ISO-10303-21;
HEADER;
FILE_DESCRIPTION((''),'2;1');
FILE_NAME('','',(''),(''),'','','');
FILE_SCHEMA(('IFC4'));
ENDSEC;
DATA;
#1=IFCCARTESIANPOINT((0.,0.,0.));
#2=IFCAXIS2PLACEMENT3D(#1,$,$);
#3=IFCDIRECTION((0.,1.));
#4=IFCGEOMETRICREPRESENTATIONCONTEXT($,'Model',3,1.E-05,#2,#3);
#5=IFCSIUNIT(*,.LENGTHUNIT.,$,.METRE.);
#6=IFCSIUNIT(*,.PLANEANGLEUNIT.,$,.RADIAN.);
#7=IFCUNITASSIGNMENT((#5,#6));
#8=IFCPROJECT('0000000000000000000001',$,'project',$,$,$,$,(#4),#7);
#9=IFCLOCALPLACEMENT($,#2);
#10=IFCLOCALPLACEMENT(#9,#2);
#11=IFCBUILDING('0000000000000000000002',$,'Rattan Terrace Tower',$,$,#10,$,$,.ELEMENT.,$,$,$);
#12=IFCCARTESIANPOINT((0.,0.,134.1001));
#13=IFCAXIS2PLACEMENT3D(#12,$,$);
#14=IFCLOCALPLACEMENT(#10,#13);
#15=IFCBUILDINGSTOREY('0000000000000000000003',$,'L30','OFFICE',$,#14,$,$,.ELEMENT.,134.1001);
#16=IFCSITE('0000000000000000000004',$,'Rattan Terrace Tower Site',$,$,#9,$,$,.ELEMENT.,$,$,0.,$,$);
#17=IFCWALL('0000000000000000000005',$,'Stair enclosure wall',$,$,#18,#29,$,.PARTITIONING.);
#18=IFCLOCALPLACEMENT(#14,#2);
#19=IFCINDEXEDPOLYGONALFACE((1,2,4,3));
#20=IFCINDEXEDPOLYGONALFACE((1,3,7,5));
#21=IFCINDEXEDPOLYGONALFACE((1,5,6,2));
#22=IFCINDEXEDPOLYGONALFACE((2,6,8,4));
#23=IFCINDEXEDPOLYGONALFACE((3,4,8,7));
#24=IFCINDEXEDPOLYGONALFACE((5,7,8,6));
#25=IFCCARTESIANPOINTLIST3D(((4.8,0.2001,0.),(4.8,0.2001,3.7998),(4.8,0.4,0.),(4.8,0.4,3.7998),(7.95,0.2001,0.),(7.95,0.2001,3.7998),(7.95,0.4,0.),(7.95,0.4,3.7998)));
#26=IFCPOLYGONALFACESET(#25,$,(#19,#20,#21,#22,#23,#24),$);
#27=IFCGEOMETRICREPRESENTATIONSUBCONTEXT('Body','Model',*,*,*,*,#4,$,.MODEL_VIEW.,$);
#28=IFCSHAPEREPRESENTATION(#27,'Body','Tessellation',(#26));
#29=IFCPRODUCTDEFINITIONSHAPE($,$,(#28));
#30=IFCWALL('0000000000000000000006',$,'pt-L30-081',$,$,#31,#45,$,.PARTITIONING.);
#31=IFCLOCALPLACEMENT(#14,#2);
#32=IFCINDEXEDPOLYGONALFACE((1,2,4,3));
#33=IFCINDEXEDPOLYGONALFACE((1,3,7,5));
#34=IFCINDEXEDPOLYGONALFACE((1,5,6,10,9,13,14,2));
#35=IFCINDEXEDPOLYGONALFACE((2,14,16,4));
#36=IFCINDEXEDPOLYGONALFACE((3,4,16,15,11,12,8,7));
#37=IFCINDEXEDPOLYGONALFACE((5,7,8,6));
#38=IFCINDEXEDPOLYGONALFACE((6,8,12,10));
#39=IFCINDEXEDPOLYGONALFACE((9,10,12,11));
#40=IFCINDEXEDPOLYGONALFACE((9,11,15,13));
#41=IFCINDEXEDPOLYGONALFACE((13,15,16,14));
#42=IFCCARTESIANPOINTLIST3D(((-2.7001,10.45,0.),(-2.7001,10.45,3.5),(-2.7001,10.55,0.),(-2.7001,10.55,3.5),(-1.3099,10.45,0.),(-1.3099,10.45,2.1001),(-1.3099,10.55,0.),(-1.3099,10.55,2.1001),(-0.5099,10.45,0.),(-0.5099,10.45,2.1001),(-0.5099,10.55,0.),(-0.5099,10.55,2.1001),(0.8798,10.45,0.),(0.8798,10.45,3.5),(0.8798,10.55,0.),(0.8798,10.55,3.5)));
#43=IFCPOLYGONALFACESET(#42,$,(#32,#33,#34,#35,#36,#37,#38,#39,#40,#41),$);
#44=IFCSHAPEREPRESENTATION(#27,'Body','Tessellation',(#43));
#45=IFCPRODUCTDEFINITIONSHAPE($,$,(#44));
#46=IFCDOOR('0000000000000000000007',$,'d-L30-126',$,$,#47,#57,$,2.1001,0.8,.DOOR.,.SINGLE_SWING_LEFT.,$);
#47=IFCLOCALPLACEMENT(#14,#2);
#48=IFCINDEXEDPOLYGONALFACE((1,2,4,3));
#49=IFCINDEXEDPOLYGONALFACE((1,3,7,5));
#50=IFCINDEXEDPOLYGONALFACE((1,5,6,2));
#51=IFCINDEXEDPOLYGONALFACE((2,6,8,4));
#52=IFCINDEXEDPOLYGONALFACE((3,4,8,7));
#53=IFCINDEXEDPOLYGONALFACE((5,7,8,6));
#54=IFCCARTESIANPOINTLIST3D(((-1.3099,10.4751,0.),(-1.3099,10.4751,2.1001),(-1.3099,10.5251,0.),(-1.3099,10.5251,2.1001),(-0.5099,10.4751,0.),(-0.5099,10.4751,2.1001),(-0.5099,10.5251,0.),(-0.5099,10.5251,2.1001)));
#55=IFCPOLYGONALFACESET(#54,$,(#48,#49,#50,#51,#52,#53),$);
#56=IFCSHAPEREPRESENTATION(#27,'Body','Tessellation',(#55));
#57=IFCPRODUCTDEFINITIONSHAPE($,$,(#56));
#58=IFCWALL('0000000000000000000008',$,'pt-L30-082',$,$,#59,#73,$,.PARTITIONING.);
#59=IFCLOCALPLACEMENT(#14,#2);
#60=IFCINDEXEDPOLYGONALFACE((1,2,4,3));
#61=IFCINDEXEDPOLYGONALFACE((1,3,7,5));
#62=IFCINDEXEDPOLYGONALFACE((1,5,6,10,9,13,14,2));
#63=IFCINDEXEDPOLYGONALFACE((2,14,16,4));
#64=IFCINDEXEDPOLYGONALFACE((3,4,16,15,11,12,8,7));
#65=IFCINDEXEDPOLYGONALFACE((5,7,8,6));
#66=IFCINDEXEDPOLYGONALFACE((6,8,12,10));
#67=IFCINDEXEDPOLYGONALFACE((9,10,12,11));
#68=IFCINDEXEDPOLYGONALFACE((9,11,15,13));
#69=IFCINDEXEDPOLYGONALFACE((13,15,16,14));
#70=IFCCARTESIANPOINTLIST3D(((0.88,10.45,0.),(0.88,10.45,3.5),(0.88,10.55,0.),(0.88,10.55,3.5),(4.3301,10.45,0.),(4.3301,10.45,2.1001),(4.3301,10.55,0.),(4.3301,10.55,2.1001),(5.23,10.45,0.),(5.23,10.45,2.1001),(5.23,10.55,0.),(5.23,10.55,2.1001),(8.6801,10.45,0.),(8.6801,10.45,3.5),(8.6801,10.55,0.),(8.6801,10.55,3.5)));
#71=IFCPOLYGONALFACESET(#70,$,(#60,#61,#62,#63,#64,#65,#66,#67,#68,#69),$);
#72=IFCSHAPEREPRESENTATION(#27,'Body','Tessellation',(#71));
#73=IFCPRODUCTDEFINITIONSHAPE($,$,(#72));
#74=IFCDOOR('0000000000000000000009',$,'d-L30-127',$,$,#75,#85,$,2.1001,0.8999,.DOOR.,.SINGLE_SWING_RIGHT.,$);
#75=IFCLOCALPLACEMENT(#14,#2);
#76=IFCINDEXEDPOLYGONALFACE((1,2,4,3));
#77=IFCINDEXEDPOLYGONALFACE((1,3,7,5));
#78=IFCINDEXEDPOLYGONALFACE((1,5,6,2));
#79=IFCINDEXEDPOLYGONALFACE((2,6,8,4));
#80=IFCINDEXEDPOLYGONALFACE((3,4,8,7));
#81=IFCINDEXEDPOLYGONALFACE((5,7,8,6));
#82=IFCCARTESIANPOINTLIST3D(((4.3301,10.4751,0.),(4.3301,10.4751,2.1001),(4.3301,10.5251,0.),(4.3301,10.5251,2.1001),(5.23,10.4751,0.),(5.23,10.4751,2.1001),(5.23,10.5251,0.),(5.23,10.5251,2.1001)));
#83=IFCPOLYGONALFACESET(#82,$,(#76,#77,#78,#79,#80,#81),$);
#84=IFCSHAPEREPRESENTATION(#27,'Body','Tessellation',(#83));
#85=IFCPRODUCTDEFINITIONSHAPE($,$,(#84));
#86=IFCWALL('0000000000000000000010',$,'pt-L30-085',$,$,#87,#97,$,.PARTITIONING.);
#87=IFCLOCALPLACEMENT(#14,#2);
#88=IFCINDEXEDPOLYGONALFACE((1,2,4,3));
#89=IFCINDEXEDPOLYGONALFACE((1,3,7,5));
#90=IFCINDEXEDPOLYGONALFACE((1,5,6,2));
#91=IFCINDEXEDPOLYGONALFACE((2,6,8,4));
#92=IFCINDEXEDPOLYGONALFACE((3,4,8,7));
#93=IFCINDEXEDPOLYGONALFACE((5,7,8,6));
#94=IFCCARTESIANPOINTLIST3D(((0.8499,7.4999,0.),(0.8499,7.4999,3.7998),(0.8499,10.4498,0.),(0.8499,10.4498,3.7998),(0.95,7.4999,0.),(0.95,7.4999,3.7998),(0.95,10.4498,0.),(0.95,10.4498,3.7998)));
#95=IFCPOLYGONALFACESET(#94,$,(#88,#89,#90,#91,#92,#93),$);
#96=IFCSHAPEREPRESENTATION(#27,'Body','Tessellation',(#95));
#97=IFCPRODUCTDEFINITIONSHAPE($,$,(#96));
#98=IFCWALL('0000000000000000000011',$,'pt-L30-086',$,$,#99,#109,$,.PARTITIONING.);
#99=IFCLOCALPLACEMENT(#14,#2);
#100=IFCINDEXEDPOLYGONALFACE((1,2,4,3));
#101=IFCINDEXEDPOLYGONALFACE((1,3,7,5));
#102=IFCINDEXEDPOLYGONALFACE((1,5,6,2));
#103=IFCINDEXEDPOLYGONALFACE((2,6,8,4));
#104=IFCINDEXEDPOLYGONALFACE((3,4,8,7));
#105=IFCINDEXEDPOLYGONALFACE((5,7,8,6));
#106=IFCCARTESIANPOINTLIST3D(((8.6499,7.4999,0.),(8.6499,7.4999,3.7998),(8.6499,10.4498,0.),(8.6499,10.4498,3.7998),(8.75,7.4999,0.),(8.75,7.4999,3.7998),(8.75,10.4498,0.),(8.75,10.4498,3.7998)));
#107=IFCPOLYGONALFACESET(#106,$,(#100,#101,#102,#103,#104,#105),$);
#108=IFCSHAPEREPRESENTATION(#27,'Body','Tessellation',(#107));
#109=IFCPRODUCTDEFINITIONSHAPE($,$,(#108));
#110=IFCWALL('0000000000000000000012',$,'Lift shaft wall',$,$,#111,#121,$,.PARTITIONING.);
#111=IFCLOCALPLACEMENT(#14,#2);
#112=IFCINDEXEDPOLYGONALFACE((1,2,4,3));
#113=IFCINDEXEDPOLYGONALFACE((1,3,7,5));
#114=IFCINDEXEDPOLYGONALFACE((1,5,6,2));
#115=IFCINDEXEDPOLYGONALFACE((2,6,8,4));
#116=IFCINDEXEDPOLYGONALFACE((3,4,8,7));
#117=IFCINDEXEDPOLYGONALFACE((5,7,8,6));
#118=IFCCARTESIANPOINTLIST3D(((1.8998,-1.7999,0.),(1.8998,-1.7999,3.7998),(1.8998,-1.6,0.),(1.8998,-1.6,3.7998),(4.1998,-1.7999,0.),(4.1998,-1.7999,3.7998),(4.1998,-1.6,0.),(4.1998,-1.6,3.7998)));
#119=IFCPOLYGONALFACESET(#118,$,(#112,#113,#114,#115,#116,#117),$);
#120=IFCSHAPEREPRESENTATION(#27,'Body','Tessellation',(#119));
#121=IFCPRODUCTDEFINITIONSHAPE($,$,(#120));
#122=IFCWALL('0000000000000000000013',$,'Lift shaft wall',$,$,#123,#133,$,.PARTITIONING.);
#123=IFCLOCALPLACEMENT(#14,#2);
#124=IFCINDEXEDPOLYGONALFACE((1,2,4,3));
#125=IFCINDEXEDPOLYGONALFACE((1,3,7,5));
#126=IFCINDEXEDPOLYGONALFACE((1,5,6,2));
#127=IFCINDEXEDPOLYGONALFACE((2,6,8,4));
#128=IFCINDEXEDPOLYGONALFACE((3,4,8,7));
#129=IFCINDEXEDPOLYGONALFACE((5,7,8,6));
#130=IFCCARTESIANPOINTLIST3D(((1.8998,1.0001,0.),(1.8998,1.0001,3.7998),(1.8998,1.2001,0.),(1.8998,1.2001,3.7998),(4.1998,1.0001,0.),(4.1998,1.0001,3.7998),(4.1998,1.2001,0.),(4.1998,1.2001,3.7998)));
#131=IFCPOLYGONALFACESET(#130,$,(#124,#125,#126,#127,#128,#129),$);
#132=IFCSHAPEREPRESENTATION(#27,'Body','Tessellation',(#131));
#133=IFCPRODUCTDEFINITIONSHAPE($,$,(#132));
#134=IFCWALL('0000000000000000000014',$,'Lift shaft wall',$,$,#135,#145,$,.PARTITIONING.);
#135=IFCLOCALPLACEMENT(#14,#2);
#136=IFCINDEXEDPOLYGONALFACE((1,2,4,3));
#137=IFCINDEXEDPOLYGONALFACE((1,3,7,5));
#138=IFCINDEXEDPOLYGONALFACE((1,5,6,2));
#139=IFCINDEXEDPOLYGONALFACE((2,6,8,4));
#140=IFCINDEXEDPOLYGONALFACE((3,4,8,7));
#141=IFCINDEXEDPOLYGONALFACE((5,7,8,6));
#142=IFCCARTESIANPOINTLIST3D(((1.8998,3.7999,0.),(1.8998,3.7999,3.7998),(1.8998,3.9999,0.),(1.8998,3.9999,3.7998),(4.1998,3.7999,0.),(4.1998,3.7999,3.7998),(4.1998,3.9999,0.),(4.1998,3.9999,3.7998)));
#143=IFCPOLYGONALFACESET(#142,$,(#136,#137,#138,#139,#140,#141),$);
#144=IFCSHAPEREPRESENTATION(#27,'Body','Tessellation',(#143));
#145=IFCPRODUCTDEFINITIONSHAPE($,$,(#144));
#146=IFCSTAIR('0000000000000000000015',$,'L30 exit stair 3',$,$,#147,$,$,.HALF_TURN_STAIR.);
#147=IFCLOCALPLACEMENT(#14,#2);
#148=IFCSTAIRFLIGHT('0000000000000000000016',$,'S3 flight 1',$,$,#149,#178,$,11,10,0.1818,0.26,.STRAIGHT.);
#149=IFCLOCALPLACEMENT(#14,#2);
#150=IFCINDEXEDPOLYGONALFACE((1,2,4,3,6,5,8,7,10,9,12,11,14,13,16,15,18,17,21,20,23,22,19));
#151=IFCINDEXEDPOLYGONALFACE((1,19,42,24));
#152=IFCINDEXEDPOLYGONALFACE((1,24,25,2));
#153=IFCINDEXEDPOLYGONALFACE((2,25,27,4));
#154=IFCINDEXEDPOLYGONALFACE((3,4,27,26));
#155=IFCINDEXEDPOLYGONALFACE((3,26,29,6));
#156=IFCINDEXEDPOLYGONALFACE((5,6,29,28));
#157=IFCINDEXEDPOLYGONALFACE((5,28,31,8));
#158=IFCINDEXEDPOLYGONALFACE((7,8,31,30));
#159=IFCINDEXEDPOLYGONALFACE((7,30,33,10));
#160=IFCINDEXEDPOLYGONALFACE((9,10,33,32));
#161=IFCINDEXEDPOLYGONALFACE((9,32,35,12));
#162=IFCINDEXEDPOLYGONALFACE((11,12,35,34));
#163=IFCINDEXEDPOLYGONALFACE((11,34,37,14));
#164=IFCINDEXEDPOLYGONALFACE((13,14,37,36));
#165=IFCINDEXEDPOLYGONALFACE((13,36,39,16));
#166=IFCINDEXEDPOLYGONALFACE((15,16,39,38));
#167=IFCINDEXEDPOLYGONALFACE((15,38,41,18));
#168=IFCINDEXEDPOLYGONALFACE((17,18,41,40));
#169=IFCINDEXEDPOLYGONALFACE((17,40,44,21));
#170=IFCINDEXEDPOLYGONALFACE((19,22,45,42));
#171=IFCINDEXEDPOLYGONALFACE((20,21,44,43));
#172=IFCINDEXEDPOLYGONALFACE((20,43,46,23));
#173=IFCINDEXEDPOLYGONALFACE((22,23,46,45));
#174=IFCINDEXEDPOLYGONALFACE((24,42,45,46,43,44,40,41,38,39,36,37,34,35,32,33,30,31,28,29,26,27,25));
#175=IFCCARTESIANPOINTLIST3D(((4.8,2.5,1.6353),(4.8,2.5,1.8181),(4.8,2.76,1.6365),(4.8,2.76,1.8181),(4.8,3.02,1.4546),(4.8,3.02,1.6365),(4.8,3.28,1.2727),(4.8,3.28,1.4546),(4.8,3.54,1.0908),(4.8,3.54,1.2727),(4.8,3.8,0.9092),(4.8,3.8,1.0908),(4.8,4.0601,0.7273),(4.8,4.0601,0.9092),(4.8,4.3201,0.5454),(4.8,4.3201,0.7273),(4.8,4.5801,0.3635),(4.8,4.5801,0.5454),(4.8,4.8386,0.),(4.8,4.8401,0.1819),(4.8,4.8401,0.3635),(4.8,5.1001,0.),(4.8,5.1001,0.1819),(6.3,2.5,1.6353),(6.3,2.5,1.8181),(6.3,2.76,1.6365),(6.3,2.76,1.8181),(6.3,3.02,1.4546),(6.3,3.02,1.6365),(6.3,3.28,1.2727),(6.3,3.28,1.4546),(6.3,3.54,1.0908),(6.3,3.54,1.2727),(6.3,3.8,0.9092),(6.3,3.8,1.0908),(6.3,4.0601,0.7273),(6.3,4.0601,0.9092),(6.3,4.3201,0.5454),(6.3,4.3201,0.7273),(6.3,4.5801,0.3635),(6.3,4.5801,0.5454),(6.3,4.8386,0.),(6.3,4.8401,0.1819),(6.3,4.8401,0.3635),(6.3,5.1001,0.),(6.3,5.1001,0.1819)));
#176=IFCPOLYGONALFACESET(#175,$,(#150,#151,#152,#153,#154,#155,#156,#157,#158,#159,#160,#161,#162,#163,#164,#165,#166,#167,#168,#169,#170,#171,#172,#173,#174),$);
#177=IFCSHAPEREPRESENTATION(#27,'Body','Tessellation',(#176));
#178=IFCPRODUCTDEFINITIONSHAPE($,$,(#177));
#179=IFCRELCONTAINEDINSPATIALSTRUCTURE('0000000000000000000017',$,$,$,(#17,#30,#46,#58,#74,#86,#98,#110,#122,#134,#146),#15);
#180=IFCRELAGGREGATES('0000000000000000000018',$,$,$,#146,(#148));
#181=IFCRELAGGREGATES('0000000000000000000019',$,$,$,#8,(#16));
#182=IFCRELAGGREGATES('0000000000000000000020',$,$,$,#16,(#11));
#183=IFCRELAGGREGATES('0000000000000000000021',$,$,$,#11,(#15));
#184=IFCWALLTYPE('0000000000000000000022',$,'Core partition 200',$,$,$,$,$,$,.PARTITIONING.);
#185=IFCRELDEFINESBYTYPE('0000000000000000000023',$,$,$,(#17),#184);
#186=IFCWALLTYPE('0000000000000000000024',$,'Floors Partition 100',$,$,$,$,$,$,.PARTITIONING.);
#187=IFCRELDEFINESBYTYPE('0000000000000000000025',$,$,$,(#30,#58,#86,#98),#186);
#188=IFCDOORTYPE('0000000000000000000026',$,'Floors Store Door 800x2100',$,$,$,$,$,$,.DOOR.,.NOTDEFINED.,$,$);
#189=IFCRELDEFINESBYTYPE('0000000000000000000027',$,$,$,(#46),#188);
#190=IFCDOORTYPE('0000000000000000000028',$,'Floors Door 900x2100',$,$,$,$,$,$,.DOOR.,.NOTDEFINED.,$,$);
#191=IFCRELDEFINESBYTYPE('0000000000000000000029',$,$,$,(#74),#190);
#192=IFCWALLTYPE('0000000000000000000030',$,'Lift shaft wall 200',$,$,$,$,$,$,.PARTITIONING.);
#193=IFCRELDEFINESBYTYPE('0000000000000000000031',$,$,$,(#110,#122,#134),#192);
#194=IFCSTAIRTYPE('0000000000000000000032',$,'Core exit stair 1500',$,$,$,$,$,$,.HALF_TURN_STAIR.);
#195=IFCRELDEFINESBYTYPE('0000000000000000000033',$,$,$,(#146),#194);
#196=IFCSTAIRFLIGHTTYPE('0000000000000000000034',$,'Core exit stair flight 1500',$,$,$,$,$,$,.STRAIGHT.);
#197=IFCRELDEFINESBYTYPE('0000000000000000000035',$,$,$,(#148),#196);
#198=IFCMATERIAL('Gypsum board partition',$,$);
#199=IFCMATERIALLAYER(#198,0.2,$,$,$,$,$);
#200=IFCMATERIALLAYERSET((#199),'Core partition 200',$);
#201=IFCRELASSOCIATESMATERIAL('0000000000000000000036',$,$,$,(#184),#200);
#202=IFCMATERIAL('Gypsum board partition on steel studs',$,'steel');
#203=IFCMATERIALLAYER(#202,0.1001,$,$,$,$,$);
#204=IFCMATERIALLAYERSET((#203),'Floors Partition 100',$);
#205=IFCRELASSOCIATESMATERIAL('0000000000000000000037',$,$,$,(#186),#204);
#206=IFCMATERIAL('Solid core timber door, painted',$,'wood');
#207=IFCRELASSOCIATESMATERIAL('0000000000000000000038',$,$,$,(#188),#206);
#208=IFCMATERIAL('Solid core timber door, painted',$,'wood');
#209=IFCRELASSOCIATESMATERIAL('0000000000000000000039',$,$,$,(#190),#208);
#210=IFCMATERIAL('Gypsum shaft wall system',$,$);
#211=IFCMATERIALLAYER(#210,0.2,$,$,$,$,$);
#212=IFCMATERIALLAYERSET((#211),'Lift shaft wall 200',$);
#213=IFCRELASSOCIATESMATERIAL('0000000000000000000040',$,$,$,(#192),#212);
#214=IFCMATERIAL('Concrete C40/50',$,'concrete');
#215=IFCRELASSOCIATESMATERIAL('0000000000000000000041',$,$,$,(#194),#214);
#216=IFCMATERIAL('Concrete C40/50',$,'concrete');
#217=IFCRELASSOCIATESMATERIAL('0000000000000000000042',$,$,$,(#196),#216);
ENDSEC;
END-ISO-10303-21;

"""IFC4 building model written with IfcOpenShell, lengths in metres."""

from ifc_helpers import new_model, si_unit, direction, frame, frame_2d, origin, place, context, subcontext, project, spatial, polyline, rectangle, outline, extrude, material, layer, layer_set, type_object, element, fill, aggregate, save


model = new_model("IFC4")

# Units and contexts
model_context = context("Model", 3, precision=1e-05, world=origin(), true_north=direction((0.0, 1.0)))
body_context = subcontext(model_context, "Body", "Model", "MODEL_VIEW")
ifc_project = project(units=[si_unit("LENGTHUNIT", "METRE"), si_unit("PLANEANGLEUNIT", "RADIAN")], contexts=[model_context])

# Site, building, storey
site_placement = place(None, origin())
site = spatial("IfcSite", under=ifc_project, at=site_placement, Name="Rattan Terrace Tower Site", CompositionType="ELEMENT", RefElevation=0.0)
building_placement = place(site_placement, origin())
building = spatial("IfcBuilding", under=site, at=building_placement, Name="Rattan Terrace Tower", CompositionType="ELEMENT")
storey_placement = place(building_placement, frame((0.0, 0.0, 134.1001)))
storey = spatial("IfcBuildingStorey", under=building, at=storey_placement, Name="L30", Description="OFFICE", CompositionType="ELEMENT", Elevation=134.1001)

# Wall
ifc_material_1 = material(Name="Gypsum board partition")
ifc_layer_1 = layer(ifc_material_1, 0.2)
ifc_layer_set_1 = layer_set([ifc_layer_1], Name="Core partition 200")
wall_type_1 = type_object("IfcWallType", Name="Core partition 200", PredefinedType="PARTITIONING", material=ifc_layer_set_1)
wall_1_placement = place(storey_placement, frame((4.8, 0.3, 0.0), z_axis=(0.0, 0.0, 1.0), x_axis=(1.0, 0.0, 0.0)))
element("IfcWall", 1, at=wall_1_placement, inside=storey, type_object=wall_type_1, Name="Stair enclosure wall", PredefinedType="PARTITIONING", context=body_context, shape_type="SweptSolid", body=[
    extrude(rectangle(XDim=3.1499, YDim=0.2, at=frame_2d((1.575, 0.0))), origin(), (0.0, 0.0, 1.0), 3.7998),
])

# Walls, openings, doors
ifc_material_2 = material(Name="Gypsum board partition on steel studs", Category="steel")
ifc_layer_2 = layer(ifc_material_2, 0.1001)
ifc_layer_set_2 = layer_set([ifc_layer_2], Name="Floors Partition 100")
wall_type_2 = type_object("IfcWallType", Name="Floors Partition 100", PredefinedType="PARTITIONING", material=ifc_layer_set_2)
wall_2_placement = place(storey_placement, frame((0.8799, 10.5, 0.0), z_axis=(0.0, 0.0, 1.0), x_axis=(-1.0, 0.0, 0.0)))
wall_2 = element("IfcWall", 2, at=wall_2_placement, inside=storey, type_object=wall_type_2, Name="pt-L30-081", PredefinedType="PARTITIONING", context=body_context, shape_type="SweptSolid", body=[
    extrude(rectangle(XDim=3.5798, YDim=0.1001, at=frame_2d((1.79, 0.0))), origin(), (0.0, 0.0, 1.0), 3.5),
])
opening_1_placement = place(wall_2_placement, frame((1.3899, 0.0, 0.0)))
opening_1 = element("IfcOpeningElement", 3, at=opening_1_placement, cuts=wall_2, PredefinedType="OPENING", context=body_context, shape_type="SweptSolid", body=[
    extrude(rectangle(XDim=0.8, YDim=2.1001, at=frame_2d((0.3999, 1.05))), frame((0.0, 0.0605, 0.0), z_axis=(0.0, -1.0, 0.0), x_axis=(1.0, 0.0, 0.0)), (0.0, 0.0, 1.0), 0.1211),
])
ifc_material_3 = material(Name="Solid core timber door, painted", Category="wood")
door_type_1 = type_object("IfcDoorType", Name="Floors Store Door 800x2100", OperationType="NOTDEFINED", PredefinedType="DOOR", material=ifc_material_3)
door_1_placement = place(opening_1_placement, origin())
door_1 = element("IfcDoor", 4, at=door_1_placement, inside=storey, type_object=door_type_1, Name="d-L30-126", OperationType="SINGLE_SWING_LEFT", OverallHeight=2.1001, OverallWidth=0.8, PredefinedType="DOOR", context=body_context, shape_type="SweptSolid", body=[
    extrude(rectangle(XDim=0.8, YDim=2.1001, at=frame_2d((0.3999, 1.05))), frame((0.0, 0.0249, 0.0), z_axis=(0.0, -1.0, 0.0), x_axis=(1.0, 0.0, 0.0)), (0.0, 0.0, 1.0), 0.05),
])
fill(opening_1, door_1)
wall_3_placement = place(storey_placement, frame((8.6799, 10.5, 0.0), z_axis=(0.0, 0.0, 1.0), x_axis=(-1.0, 0.0, 0.0)))
wall_3 = element("IfcWall", 5, at=wall_3_placement, inside=storey, type_object=wall_type_2, Name="pt-L30-082", PredefinedType="PARTITIONING", context=body_context, shape_type="SweptSolid", body=[
    extrude(rectangle(XDim=7.8, YDim=0.1001, at=frame_2d((3.8999, 0.0))), origin(), (0.0, 0.0, 1.0), 3.5),
])
opening_2_placement = place(wall_3_placement, frame((3.45, 0.0, 0.0)))
opening_2 = element("IfcOpeningElement", 6, at=opening_2_placement, cuts=wall_3, PredefinedType="OPENING", context=body_context, shape_type="SweptSolid", body=[
    extrude(rectangle(XDim=0.8999, YDim=2.1001, at=frame_2d((0.45, 1.05))), frame((0.0, 0.0605, 0.0), z_axis=(0.0, -1.0, 0.0), x_axis=(1.0, 0.0, 0.0)), (0.0, 0.0, 1.0), 0.1211),
])
ifc_material_4 = material(Name="Solid core timber door, painted", Category="wood")
door_type_2 = type_object("IfcDoorType", Name="Floors Door 900x2100", OperationType="NOTDEFINED", PredefinedType="DOOR", material=ifc_material_4)
door_2_placement = place(opening_2_placement, origin())
door_2 = element("IfcDoor", 7, at=door_2_placement, inside=storey, type_object=door_type_2, Name="d-L30-127", OperationType="SINGLE_SWING_RIGHT", OverallHeight=2.1001, OverallWidth=0.8999, PredefinedType="DOOR", context=body_context, shape_type="SweptSolid", body=[
    extrude(rectangle(XDim=0.8999, YDim=2.1001, at=frame_2d((0.45, 1.05))), frame((0.0, 0.0249, 0.0), z_axis=(0.0, -1.0, 0.0), x_axis=(1.0, 0.0, 0.0)), (0.0, 0.0, 1.0), 0.05),
])
fill(opening_2, door_2)

# Walls
for number, where, z_axis, x_axis, name in (
    (8, (0.8999, 10.45, 0.0), (0.0, 0.0, 1.0), (0.0, -1.0, 0.0), "pt-L30-085"),
    (9, (8.7, 10.45, 0.0), (0.0, 0.0, 1.0), (0.0, -1.0, 0.0), "pt-L30-086"),
):
    element("IfcWall", number, at=place(storey_placement, frame(where, z_axis=z_axis, x_axis=x_axis)), inside=storey, type_object=wall_type_2, Name=name, PredefinedType="PARTITIONING", context=body_context, shape_type="SweptSolid", body=[
        extrude(rectangle(XDim=2.95, YDim=0.1001, at=frame_2d((1.4751, 0.0))), origin(), (0.0, 0.0, 1.0), 3.7998),
    ])
ifc_material_5 = material(Name="Gypsum shaft wall system")
ifc_layer_3 = layer(ifc_material_5, 0.2)
ifc_layer_set_3 = layer_set([ifc_layer_3], Name="Lift shaft wall 200")
wall_type_3 = type_object("IfcWallType", Name="Lift shaft wall 200", PredefinedType="PARTITIONING", material=ifc_layer_set_3)
for number, where, z_axis, x_axis, name in (
    (10, (1.8999, -1.7, 0.0), (0.0, 0.0, 1.0), (1.0, 0.0, 0.0), "Lift shaft wall"),
    (11, (1.8999, 1.1001, 0.0), (0.0, 0.0, 1.0), (1.0, 0.0, 0.0), "Lift shaft wall"),
    (12, (1.8999, 3.8999, 0.0), (0.0, 0.0, 1.0), (1.0, 0.0, 0.0), "Lift shaft wall"),
):
    element("IfcWall", number, at=place(storey_placement, frame(where, z_axis=z_axis, x_axis=x_axis)), inside=storey, type_object=wall_type_3, Name=name, PredefinedType="PARTITIONING", context=body_context, shape_type="SweptSolid", body=[
        extrude(rectangle(XDim=2.3, YDim=0.2, at=frame_2d((1.1499, 0.0))), origin(), (0.0, 0.0, 1.0), 3.7998),
    ])

# Stair, stair flight
ifc_material_6 = material(Name="Concrete C40/50", Category="concrete")
stair_type = type_object("IfcStairType", Name="Core exit stair 1500", PredefinedType="HALF_TURN_STAIR", material=ifc_material_6)
stair_placement = place(storey_placement, origin())
stair = element("IfcStair", 13, at=stair_placement, inside=storey, type_object=stair_type, Name="L30 exit stair 3", PredefinedType="HALF_TURN_STAIR")
ifc_material_7 = material(Name="Concrete C40/50", Category="concrete")
stair_flight_type = type_object("IfcStairFlightType", Name="Core exit stair flight 1500", PredefinedType="STRAIGHT", material=ifc_material_7)
stair_flight_1_placement = place(storey_placement, frame((5.55, 5.1001, 0.0), z_axis=(0.0, 0.0, 1.0), x_axis=(0.0, -1.0, 0.0)))
stair_flight_1 = element("IfcStairFlight", 14, at=stair_flight_1_placement, type_object=stair_flight_type, Name="S3 flight 1", NumberOfRisers=11, NumberOfTreads=10, PredefinedType="STRAIGHT", RiserHeight=0.1818, TreadLength=0.26, context=body_context, shape_type="SweptSolid", body=[
    extrude(outline(polyline([(0.0, 0.0), (0.0, 0.1819), (0.26, 0.1819), (0.26, 0.3635), (0.52, 0.3635), (0.52, 0.5454), (0.78, 0.5454), (0.78, 0.7273), (1.04, 0.7273), (1.04, 0.9092), (1.3, 0.9092), (1.3, 1.0908), (1.5601, 1.0908), (1.5601, 1.2727), (1.8201, 1.2727), (1.8201, 1.4546), (2.0801, 1.4546), (2.0801, 1.6365), (2.3401, 1.6365), (2.3401, 1.8181), (2.6001, 1.8181), (2.6001, 2.0), (2.6001, 1.6353), (0.2615, 0.0), (0.0, 0.0)])), frame((0.0, 0.75, 0.0), z_axis=(0.0, -1.0, 0.0), x_axis=(1.0, 0.0, 0.0)), (0.0, 0.0, 1.0), 1.5),
])
aggregate(stair, [stair_flight_1])

save(model, "model.ifc")
